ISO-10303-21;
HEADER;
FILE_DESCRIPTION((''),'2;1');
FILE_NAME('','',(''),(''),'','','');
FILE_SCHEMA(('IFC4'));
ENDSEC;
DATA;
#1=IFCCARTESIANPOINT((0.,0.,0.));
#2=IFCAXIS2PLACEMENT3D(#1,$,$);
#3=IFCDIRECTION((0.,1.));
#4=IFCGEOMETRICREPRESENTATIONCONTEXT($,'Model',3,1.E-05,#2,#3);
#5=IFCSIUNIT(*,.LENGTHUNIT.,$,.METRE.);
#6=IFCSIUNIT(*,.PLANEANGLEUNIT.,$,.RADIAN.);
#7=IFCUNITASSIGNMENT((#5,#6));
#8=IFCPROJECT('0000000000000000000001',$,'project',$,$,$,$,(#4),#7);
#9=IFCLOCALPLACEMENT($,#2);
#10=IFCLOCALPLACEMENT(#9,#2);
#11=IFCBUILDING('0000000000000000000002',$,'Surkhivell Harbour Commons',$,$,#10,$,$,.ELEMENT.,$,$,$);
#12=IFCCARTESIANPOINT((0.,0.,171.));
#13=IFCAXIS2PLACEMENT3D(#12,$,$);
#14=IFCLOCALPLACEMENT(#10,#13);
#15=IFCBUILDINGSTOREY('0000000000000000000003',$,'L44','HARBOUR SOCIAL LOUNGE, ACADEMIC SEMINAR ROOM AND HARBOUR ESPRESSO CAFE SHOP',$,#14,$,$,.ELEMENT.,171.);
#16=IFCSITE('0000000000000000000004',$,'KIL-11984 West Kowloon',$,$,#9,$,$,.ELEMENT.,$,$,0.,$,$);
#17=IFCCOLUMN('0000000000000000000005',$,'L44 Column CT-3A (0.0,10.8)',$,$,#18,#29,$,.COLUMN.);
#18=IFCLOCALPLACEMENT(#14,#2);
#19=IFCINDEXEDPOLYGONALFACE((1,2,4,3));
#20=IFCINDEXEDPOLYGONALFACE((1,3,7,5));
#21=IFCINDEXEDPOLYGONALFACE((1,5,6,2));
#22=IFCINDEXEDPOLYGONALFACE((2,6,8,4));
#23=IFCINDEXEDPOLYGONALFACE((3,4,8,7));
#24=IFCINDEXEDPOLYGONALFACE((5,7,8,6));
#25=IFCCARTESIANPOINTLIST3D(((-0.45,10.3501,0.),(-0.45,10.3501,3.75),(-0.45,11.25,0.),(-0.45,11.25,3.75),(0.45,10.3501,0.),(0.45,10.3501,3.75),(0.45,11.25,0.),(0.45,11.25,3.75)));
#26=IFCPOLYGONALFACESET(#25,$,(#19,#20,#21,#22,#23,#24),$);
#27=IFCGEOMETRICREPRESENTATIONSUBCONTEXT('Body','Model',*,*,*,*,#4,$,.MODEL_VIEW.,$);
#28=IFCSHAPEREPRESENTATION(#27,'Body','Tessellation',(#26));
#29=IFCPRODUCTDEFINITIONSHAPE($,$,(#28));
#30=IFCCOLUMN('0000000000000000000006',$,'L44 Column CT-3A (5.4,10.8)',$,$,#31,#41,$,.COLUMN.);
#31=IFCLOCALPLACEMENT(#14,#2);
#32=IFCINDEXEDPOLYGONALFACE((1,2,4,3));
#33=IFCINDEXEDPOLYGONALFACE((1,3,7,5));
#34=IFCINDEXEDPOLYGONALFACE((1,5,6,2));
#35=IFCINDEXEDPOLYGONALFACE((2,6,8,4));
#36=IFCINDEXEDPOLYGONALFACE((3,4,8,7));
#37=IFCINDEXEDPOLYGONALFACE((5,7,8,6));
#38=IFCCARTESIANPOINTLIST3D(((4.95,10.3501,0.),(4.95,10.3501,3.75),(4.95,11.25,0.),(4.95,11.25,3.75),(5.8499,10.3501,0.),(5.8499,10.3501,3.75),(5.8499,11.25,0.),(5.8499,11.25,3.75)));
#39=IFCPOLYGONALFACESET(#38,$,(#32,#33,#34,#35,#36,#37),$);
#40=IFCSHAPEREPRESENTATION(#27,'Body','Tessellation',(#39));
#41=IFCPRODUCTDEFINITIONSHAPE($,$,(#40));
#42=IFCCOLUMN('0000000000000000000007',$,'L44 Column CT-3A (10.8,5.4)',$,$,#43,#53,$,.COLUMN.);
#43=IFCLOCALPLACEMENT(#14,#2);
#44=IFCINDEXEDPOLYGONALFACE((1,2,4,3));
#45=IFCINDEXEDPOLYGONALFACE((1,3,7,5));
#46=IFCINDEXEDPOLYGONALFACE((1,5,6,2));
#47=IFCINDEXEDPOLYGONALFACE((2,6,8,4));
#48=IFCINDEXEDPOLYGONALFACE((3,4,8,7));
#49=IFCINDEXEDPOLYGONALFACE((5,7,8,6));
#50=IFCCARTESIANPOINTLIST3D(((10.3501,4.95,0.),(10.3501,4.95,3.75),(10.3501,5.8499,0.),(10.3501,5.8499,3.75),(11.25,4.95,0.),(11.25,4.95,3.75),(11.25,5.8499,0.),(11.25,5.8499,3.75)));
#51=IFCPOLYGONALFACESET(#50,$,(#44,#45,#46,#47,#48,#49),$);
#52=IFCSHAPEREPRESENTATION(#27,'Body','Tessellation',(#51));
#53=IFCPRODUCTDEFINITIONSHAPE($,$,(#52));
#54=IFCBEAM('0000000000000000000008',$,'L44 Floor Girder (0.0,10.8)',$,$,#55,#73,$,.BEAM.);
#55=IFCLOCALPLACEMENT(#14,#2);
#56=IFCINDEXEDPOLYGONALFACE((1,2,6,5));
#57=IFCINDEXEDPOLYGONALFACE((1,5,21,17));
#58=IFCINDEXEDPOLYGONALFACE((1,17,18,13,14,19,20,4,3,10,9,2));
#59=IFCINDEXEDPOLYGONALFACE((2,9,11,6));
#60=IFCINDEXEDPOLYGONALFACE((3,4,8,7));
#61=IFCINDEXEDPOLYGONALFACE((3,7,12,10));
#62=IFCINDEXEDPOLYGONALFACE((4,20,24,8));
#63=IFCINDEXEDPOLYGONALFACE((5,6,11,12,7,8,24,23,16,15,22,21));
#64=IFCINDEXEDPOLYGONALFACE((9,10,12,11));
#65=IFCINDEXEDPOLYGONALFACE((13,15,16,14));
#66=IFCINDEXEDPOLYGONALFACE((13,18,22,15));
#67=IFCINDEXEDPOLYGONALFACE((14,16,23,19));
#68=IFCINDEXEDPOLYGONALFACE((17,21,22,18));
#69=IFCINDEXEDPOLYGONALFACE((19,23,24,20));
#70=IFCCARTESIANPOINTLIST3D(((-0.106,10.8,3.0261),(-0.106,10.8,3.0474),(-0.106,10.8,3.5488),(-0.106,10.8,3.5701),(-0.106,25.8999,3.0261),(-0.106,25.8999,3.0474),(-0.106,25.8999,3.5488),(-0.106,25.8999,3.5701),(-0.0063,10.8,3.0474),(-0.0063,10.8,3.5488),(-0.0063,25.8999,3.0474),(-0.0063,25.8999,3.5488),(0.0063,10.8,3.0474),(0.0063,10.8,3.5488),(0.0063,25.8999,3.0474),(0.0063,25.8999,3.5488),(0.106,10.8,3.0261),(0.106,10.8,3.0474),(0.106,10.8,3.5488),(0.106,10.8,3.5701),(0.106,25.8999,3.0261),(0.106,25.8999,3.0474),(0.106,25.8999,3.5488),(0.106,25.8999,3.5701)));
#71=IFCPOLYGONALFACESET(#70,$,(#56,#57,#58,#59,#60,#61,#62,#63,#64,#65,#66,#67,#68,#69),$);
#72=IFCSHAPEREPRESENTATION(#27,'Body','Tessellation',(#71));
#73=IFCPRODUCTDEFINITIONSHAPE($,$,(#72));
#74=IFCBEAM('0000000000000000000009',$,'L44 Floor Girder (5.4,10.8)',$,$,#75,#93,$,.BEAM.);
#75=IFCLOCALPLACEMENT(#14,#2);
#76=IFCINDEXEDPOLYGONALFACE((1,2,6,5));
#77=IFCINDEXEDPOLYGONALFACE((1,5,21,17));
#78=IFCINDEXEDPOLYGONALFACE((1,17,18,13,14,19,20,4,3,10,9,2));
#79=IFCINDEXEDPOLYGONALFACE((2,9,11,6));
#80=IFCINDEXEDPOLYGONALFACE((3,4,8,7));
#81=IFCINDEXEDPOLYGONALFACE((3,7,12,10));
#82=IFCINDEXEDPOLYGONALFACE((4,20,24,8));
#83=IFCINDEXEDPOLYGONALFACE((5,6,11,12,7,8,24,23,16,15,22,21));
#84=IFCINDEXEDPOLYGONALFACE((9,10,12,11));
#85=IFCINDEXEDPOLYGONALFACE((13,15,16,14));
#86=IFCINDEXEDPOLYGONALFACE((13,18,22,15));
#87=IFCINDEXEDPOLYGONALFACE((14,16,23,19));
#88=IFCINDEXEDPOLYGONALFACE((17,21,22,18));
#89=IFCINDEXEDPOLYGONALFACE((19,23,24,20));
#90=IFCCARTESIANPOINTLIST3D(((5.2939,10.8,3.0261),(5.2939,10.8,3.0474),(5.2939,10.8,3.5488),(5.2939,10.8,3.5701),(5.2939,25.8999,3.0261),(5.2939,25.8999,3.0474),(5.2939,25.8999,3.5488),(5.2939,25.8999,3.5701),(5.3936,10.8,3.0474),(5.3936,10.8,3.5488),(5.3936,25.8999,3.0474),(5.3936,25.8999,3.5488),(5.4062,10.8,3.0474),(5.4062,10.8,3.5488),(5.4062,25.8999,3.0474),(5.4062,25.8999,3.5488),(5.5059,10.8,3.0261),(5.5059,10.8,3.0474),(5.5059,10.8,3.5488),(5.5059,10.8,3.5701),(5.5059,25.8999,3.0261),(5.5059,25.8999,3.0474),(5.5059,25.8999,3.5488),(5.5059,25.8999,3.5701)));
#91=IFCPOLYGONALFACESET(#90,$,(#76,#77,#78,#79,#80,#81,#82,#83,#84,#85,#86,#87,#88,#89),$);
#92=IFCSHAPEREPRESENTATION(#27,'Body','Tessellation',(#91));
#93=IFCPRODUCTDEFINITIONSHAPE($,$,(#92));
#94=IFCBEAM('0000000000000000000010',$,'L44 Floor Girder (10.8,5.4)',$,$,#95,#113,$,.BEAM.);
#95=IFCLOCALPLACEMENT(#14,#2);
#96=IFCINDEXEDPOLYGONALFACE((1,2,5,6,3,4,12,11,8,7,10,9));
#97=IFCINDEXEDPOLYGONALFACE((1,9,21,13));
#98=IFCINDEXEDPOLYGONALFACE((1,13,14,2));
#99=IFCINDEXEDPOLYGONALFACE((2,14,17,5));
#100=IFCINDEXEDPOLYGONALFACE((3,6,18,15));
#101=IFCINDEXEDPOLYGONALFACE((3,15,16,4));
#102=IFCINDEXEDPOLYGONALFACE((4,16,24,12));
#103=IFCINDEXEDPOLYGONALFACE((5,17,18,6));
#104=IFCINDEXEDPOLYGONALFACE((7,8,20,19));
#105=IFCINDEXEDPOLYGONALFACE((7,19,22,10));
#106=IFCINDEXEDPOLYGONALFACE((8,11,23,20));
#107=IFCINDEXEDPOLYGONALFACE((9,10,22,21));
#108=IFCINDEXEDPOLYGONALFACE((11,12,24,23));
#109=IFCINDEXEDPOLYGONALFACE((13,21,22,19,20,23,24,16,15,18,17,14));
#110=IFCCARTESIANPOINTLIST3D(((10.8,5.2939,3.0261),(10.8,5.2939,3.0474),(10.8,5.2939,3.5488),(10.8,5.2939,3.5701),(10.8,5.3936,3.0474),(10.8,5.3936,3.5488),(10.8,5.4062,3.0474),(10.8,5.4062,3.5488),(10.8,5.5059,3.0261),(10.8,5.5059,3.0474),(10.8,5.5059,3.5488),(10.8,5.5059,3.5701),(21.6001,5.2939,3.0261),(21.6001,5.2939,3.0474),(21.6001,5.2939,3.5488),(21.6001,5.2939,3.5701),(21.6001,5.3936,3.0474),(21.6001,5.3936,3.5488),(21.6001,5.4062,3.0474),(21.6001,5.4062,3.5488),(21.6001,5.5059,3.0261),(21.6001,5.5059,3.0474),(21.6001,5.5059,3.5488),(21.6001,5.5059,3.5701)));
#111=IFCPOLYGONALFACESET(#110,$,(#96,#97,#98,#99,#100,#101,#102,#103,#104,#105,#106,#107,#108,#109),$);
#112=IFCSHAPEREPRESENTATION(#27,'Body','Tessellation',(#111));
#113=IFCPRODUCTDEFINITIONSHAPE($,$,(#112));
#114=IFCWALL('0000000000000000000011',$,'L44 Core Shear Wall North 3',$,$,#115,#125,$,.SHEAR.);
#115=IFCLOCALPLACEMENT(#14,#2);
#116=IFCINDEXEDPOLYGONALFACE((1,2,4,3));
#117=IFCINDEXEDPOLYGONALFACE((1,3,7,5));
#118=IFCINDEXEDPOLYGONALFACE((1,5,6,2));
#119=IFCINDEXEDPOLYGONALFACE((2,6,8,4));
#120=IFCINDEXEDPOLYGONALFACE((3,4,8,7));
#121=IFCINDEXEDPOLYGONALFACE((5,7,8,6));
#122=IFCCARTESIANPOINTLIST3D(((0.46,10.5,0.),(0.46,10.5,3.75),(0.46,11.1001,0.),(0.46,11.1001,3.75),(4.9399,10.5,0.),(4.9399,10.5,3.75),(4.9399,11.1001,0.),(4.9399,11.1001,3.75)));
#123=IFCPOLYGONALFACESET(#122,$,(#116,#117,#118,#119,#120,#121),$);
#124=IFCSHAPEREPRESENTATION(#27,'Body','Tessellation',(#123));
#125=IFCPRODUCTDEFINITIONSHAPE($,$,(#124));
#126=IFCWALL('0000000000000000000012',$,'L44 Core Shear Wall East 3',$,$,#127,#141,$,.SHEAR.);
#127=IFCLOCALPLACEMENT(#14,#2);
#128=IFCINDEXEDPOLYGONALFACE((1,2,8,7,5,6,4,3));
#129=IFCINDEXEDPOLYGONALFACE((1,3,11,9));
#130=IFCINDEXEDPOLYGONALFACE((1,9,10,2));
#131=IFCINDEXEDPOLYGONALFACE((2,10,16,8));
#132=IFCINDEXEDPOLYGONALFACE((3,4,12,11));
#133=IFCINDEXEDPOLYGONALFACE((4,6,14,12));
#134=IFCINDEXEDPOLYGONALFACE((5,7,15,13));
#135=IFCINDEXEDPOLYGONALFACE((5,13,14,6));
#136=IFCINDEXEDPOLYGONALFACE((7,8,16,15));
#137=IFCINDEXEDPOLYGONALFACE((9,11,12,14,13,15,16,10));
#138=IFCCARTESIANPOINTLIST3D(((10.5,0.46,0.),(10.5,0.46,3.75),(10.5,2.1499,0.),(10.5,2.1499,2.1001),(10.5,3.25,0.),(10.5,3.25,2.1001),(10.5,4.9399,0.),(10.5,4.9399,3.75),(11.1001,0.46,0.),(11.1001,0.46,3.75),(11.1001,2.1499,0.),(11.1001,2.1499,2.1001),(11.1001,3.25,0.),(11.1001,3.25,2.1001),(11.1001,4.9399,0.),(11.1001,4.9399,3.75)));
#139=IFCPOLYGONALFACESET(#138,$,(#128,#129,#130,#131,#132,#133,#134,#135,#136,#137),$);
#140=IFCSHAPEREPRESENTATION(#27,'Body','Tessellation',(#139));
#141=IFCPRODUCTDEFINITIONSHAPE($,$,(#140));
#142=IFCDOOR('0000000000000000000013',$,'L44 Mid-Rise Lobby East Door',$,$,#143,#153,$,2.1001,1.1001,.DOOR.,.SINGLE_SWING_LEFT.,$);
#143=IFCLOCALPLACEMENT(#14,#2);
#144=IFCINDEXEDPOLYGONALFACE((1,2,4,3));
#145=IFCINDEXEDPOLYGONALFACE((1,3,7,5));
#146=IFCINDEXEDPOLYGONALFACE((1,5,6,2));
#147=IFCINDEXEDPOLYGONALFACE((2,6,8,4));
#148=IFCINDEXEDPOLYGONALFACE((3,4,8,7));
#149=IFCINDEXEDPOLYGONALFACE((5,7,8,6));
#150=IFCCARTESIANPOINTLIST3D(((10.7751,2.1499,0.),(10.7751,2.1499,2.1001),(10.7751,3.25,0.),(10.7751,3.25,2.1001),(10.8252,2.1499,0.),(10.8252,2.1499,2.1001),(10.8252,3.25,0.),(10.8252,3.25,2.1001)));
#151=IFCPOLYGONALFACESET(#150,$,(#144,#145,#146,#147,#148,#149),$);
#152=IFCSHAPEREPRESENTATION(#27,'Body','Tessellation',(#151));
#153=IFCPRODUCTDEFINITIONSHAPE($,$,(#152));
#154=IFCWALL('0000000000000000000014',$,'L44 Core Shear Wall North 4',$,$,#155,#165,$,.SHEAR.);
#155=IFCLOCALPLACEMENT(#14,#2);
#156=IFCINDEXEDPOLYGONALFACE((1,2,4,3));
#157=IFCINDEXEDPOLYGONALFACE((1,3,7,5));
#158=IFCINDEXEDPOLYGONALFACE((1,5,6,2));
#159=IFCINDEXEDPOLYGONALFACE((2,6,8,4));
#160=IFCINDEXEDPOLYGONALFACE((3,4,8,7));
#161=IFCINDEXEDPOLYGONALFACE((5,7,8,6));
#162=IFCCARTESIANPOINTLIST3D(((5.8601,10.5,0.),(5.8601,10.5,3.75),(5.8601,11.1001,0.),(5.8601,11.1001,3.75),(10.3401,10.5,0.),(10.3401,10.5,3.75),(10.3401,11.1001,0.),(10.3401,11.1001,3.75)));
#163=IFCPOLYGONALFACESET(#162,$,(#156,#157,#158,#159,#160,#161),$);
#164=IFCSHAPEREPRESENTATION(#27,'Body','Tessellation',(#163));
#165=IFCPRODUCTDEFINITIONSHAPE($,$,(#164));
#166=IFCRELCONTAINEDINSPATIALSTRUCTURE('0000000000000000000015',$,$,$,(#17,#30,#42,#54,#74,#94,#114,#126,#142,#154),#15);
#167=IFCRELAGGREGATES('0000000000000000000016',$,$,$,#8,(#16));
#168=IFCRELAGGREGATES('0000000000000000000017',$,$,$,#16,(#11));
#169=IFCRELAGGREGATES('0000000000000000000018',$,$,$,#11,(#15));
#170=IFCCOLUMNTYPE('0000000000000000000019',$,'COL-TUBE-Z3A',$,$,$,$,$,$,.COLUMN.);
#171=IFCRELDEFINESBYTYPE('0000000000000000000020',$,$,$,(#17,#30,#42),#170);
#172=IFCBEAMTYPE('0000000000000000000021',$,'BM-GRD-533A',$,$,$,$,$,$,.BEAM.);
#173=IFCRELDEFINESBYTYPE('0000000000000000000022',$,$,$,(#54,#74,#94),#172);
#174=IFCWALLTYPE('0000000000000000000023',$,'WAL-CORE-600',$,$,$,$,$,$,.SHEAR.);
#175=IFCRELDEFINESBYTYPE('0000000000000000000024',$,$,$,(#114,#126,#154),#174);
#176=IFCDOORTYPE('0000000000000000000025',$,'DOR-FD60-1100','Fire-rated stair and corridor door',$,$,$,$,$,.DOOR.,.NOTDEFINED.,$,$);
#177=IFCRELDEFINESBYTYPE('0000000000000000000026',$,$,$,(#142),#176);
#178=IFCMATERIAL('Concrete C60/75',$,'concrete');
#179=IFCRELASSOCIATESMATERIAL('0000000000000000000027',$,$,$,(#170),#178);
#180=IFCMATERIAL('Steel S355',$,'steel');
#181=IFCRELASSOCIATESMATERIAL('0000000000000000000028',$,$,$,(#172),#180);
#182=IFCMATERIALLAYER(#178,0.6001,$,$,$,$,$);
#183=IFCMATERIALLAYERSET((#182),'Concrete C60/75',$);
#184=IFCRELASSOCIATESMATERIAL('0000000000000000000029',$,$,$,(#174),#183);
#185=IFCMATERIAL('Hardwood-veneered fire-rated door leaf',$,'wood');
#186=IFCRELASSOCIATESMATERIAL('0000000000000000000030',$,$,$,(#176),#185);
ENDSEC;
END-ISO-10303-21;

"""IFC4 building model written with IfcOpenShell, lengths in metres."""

from ifc_helpers import new_model, si_unit, direction, frame, frame_2d, origin, origin_2d, place, context, subcontext, project, spatial, rectangle, i_section, extrude, material, layer, layer_set, material_profile, profile_set, type_object, element, fill, save


model = new_model("IFC4")

# Units and contexts
model_context = context("Model", 3, precision=1e-05, world=origin(), true_north=direction((0.0, 1.0)))
body_context = subcontext(model_context, "Body", "Model", "MODEL_VIEW")
ifc_project = project(units=[si_unit("LENGTHUNIT", "METRE"), si_unit("PLANEANGLEUNIT", "RADIAN")], contexts=[model_context])

# Site, building, storey
site_placement = place(None, origin())
site = spatial("IfcSite", under=ifc_project, at=site_placement, Name="KIL-11984 West Kowloon", CompositionType="ELEMENT", RefElevation=0.0)
building_placement = place(site_placement, origin())
building = spatial("IfcBuilding", under=site, at=building_placement, Name="Surkhivell Harbour Commons", CompositionType="ELEMENT")
storey_placement = place(building_placement, frame((0.0, 0.0, 171.0)))
storey = spatial("IfcBuildingStorey", under=building, at=storey_placement, Name="L44", Description="HARBOUR SOCIAL LOUNGE, ACADEMIC SEMINAR ROOM AND HARBOUR ESPRESSO CAFE SHOP", CompositionType="ELEMENT", Elevation=171.0)

# Columns
ifc_material_1 = material(Name="Concrete C60/75", Category="concrete")
ifc_material_profile_1 = material_profile(ifc_material_1, rectangle(XDim=0.8999, YDim=0.8999, at=origin_2d()), Name="RC-COL-900x900")
ifc_profile_set_1 = profile_set([ifc_material_profile_1], Name="Concrete C60/75")
column_type = type_object("IfcColumnType", Name="COL-TUBE-Z3A", PredefinedType="COLUMN", material=ifc_profile_set_1)
for number, where, z_axis, x_axis, name in (
    (1, (0.0, 10.8, 0.0), (0.0, 0.0, 1.0), (1.0, 0.0, 0.0), "L44 Column CT-3A (0.0,10.8)"),
    (2, (5.3999, 10.8, 0.0), (0.0, 0.0, 1.0), (1.0, 0.0, 0.0), "L44 Column CT-3A (5.4,10.8)"),
    (3, (10.8, 5.3999, 0.0), (0.0, 0.0, 1.0), (1.0, 0.0, 0.0), "L44 Column CT-3A (10.8,5.4)"),
):
    element("IfcColumn", number, at=place(storey_placement, frame(where, z_axis=z_axis, x_axis=x_axis)), inside=storey, type_object=column_type, Name=name, PredefinedType="COLUMN", context=body_context, shape_type="SweptSolid", body=[
        extrude(rectangle(XDim=0.8999, YDim=0.8999, at=origin_2d()), origin(), (0.0, 0.0, 1.0), 3.75),
    ])

# Beams
ifc_material_2 = material(Name="Steel S355", Category="steel")
ifc_material_profile_2 = material_profile(ifc_material_2, i_section(OverallWidth=0.2119, OverallDepth=0.5439, WebThickness=0.0127, FlangeThickness=0.0212, at=origin_2d()), Name="UB533x210x122")
ifc_profile_set_2 = profile_set([ifc_material_profile_2], Name="Steel S355")
beam_type = type_object("IfcBeamType", Name="BM-GRD-533A", PredefinedType="BEAM", material=ifc_profile_set_2)
for number, where, z_axis, x_axis, name in (
    (4, (0.0, 10.8, 3.2981), (0.0, 1.0, 0.0), (-1.0, 0.0, 0.0), "L44 Floor Girder (0.0,10.8)"),
    (5, (5.3999, 10.8, 3.2981), (0.0, 1.0, 0.0), (-1.0, 0.0, 0.0), "L44 Floor Girder (5.4,10.8)"),
):
    element("IfcBeam", number, at=place(storey_placement, frame(where, z_axis=z_axis, x_axis=x_axis)), inside=storey, type_object=beam_type, Name=name, PredefinedType="BEAM", context=body_context, shape_type="SweptSolid", body=[
        extrude(i_section(OverallWidth=0.2119, OverallDepth=0.5439, WebThickness=0.0127, FlangeThickness=0.0212, at=origin_2d()), origin(), (0.0, 0.0, 1.0), 15.0999),
    ])
beam_placement = place(storey_placement, frame((10.8, 5.3999, 3.2981), z_axis=(1.0, 0.0, 0.0), x_axis=(0.0, 1.0, 0.0)))
element("IfcBeam", 6, at=beam_placement, inside=storey, type_object=beam_type, Name="L44 Floor Girder (10.8,5.4)", PredefinedType="BEAM", context=body_context, shape_type="SweptSolid", body=[
    extrude(i_section(OverallWidth=0.2119, OverallDepth=0.5439, WebThickness=0.0127, FlangeThickness=0.0212, at=origin_2d()), origin(), (0.0, 0.0, 1.0), 10.8),
])

# Wall
ifc_layer_1 = layer(ifc_material_1, 0.6001)
ifc_layer_set_1 = layer_set([ifc_layer_1], Name="Concrete C60/75")
wall_type_1 = type_object("IfcWallType", Name="WAL-CORE-600", PredefinedType="SHEAR", material=ifc_layer_set_1)
wall_1_placement = place(storey_placement, frame((0.46, 10.8, 0.0), z_axis=(0.0, 0.0, 1.0), x_axis=(1.0, 0.0, 0.0)))
element("IfcWall", 7, at=wall_1_placement, inside=storey, type_object=wall_type_1, Name="L44 Core Shear Wall North 3", PredefinedType="SHEAR", context=body_context, shape_type="SweptSolid", body=[
    extrude(rectangle(XDim=4.48, YDim=0.6001, at=frame_2d((2.24, 0.0))), origin(), (0.0, 0.0, 1.0), 3.75),
])

# Wall, opening, door
wall_2_placement = place(storey_placement, frame((10.8, 0.46, 0.0), z_axis=(0.0, 0.0, 1.0), x_axis=(0.0, 1.0, 0.0)))
wall_2 = element("IfcWall", 8, at=wall_2_placement, inside=storey, type_object=wall_type_1, Name="L44 Core Shear Wall East 3", PredefinedType="SHEAR", context=body_context, shape_type="SweptSolid", body=[
    extrude(rectangle(XDim=4.48, YDim=0.6001, at=frame_2d((2.24, 0.0))), origin(), (0.0, 0.0, 1.0), 3.75),
])
opening_1_placement = place(wall_2_placement, frame((1.6899, 0.0, 0.0)))
opening_1 = element("IfcOpeningElement", 9, at=opening_1_placement, cuts=wall_2, PredefinedType="OPENING", context=body_context, shape_type="SweptSolid", body=[
    extrude(rectangle(XDim=1.1001, YDim=2.1001, at=frame_2d((0.55, 1.05))), frame((0.0, 0.3101, 0.0), z_axis=(0.0, -1.0, 0.0), x_axis=(1.0, 0.0, 0.0)), (0.0, 0.0, 1.0), 0.6201),
])
ifc_material_3 = material(Name="Hardwood-veneered fire-rated door leaf", Category="wood")
door_type_1 = type_object("IfcDoorType", Name="DOR-FD60-1100", Description="Fire-rated stair and corridor door", OperationType="NOTDEFINED", PredefinedType="DOOR", material=ifc_material_3)
door_1_placement = place(opening_1_placement, origin())
door_1 = element("IfcDoor", 10, at=door_1_placement, inside=storey, type_object=door_type_1, Name="L44 Mid-Rise Lobby East Door", OperationType="SINGLE_SWING_LEFT", OverallHeight=2.1001, OverallWidth=1.1001, PredefinedType="DOOR", context=body_context, shape_type="SweptSolid", body=[
    extrude(rectangle(XDim=1.1001, YDim=2.1001, at=frame_2d((0.55, 1.05))), frame((0.0, 0.0249, 0.0), z_axis=(0.0, -1.0, 0.0), x_axis=(1.0, 0.0, 0.0)), (0.0, 0.0, 1.0), 0.05),
])
fill(opening_1, door_1)

# Wall
wall_3_placement = place(storey_placement, frame((5.8601, 10.8, 0.0), z_axis=(0.0, 0.0, 1.0), x_axis=(1.0, 0.0, 0.0)))
element("IfcWall", 11, at=wall_3_placement, inside=storey, type_object=wall_type_1, Name="L44 Core Shear Wall North 4", PredefinedType="SHEAR", context=body_context, shape_type="SweptSolid", body=[
    extrude(rectangle(XDim=4.48, YDim=0.6001, at=frame_2d((2.24, 0.0))), origin(), (0.0, 0.0, 1.0), 3.75),
])

save(model, "model.ifc")
